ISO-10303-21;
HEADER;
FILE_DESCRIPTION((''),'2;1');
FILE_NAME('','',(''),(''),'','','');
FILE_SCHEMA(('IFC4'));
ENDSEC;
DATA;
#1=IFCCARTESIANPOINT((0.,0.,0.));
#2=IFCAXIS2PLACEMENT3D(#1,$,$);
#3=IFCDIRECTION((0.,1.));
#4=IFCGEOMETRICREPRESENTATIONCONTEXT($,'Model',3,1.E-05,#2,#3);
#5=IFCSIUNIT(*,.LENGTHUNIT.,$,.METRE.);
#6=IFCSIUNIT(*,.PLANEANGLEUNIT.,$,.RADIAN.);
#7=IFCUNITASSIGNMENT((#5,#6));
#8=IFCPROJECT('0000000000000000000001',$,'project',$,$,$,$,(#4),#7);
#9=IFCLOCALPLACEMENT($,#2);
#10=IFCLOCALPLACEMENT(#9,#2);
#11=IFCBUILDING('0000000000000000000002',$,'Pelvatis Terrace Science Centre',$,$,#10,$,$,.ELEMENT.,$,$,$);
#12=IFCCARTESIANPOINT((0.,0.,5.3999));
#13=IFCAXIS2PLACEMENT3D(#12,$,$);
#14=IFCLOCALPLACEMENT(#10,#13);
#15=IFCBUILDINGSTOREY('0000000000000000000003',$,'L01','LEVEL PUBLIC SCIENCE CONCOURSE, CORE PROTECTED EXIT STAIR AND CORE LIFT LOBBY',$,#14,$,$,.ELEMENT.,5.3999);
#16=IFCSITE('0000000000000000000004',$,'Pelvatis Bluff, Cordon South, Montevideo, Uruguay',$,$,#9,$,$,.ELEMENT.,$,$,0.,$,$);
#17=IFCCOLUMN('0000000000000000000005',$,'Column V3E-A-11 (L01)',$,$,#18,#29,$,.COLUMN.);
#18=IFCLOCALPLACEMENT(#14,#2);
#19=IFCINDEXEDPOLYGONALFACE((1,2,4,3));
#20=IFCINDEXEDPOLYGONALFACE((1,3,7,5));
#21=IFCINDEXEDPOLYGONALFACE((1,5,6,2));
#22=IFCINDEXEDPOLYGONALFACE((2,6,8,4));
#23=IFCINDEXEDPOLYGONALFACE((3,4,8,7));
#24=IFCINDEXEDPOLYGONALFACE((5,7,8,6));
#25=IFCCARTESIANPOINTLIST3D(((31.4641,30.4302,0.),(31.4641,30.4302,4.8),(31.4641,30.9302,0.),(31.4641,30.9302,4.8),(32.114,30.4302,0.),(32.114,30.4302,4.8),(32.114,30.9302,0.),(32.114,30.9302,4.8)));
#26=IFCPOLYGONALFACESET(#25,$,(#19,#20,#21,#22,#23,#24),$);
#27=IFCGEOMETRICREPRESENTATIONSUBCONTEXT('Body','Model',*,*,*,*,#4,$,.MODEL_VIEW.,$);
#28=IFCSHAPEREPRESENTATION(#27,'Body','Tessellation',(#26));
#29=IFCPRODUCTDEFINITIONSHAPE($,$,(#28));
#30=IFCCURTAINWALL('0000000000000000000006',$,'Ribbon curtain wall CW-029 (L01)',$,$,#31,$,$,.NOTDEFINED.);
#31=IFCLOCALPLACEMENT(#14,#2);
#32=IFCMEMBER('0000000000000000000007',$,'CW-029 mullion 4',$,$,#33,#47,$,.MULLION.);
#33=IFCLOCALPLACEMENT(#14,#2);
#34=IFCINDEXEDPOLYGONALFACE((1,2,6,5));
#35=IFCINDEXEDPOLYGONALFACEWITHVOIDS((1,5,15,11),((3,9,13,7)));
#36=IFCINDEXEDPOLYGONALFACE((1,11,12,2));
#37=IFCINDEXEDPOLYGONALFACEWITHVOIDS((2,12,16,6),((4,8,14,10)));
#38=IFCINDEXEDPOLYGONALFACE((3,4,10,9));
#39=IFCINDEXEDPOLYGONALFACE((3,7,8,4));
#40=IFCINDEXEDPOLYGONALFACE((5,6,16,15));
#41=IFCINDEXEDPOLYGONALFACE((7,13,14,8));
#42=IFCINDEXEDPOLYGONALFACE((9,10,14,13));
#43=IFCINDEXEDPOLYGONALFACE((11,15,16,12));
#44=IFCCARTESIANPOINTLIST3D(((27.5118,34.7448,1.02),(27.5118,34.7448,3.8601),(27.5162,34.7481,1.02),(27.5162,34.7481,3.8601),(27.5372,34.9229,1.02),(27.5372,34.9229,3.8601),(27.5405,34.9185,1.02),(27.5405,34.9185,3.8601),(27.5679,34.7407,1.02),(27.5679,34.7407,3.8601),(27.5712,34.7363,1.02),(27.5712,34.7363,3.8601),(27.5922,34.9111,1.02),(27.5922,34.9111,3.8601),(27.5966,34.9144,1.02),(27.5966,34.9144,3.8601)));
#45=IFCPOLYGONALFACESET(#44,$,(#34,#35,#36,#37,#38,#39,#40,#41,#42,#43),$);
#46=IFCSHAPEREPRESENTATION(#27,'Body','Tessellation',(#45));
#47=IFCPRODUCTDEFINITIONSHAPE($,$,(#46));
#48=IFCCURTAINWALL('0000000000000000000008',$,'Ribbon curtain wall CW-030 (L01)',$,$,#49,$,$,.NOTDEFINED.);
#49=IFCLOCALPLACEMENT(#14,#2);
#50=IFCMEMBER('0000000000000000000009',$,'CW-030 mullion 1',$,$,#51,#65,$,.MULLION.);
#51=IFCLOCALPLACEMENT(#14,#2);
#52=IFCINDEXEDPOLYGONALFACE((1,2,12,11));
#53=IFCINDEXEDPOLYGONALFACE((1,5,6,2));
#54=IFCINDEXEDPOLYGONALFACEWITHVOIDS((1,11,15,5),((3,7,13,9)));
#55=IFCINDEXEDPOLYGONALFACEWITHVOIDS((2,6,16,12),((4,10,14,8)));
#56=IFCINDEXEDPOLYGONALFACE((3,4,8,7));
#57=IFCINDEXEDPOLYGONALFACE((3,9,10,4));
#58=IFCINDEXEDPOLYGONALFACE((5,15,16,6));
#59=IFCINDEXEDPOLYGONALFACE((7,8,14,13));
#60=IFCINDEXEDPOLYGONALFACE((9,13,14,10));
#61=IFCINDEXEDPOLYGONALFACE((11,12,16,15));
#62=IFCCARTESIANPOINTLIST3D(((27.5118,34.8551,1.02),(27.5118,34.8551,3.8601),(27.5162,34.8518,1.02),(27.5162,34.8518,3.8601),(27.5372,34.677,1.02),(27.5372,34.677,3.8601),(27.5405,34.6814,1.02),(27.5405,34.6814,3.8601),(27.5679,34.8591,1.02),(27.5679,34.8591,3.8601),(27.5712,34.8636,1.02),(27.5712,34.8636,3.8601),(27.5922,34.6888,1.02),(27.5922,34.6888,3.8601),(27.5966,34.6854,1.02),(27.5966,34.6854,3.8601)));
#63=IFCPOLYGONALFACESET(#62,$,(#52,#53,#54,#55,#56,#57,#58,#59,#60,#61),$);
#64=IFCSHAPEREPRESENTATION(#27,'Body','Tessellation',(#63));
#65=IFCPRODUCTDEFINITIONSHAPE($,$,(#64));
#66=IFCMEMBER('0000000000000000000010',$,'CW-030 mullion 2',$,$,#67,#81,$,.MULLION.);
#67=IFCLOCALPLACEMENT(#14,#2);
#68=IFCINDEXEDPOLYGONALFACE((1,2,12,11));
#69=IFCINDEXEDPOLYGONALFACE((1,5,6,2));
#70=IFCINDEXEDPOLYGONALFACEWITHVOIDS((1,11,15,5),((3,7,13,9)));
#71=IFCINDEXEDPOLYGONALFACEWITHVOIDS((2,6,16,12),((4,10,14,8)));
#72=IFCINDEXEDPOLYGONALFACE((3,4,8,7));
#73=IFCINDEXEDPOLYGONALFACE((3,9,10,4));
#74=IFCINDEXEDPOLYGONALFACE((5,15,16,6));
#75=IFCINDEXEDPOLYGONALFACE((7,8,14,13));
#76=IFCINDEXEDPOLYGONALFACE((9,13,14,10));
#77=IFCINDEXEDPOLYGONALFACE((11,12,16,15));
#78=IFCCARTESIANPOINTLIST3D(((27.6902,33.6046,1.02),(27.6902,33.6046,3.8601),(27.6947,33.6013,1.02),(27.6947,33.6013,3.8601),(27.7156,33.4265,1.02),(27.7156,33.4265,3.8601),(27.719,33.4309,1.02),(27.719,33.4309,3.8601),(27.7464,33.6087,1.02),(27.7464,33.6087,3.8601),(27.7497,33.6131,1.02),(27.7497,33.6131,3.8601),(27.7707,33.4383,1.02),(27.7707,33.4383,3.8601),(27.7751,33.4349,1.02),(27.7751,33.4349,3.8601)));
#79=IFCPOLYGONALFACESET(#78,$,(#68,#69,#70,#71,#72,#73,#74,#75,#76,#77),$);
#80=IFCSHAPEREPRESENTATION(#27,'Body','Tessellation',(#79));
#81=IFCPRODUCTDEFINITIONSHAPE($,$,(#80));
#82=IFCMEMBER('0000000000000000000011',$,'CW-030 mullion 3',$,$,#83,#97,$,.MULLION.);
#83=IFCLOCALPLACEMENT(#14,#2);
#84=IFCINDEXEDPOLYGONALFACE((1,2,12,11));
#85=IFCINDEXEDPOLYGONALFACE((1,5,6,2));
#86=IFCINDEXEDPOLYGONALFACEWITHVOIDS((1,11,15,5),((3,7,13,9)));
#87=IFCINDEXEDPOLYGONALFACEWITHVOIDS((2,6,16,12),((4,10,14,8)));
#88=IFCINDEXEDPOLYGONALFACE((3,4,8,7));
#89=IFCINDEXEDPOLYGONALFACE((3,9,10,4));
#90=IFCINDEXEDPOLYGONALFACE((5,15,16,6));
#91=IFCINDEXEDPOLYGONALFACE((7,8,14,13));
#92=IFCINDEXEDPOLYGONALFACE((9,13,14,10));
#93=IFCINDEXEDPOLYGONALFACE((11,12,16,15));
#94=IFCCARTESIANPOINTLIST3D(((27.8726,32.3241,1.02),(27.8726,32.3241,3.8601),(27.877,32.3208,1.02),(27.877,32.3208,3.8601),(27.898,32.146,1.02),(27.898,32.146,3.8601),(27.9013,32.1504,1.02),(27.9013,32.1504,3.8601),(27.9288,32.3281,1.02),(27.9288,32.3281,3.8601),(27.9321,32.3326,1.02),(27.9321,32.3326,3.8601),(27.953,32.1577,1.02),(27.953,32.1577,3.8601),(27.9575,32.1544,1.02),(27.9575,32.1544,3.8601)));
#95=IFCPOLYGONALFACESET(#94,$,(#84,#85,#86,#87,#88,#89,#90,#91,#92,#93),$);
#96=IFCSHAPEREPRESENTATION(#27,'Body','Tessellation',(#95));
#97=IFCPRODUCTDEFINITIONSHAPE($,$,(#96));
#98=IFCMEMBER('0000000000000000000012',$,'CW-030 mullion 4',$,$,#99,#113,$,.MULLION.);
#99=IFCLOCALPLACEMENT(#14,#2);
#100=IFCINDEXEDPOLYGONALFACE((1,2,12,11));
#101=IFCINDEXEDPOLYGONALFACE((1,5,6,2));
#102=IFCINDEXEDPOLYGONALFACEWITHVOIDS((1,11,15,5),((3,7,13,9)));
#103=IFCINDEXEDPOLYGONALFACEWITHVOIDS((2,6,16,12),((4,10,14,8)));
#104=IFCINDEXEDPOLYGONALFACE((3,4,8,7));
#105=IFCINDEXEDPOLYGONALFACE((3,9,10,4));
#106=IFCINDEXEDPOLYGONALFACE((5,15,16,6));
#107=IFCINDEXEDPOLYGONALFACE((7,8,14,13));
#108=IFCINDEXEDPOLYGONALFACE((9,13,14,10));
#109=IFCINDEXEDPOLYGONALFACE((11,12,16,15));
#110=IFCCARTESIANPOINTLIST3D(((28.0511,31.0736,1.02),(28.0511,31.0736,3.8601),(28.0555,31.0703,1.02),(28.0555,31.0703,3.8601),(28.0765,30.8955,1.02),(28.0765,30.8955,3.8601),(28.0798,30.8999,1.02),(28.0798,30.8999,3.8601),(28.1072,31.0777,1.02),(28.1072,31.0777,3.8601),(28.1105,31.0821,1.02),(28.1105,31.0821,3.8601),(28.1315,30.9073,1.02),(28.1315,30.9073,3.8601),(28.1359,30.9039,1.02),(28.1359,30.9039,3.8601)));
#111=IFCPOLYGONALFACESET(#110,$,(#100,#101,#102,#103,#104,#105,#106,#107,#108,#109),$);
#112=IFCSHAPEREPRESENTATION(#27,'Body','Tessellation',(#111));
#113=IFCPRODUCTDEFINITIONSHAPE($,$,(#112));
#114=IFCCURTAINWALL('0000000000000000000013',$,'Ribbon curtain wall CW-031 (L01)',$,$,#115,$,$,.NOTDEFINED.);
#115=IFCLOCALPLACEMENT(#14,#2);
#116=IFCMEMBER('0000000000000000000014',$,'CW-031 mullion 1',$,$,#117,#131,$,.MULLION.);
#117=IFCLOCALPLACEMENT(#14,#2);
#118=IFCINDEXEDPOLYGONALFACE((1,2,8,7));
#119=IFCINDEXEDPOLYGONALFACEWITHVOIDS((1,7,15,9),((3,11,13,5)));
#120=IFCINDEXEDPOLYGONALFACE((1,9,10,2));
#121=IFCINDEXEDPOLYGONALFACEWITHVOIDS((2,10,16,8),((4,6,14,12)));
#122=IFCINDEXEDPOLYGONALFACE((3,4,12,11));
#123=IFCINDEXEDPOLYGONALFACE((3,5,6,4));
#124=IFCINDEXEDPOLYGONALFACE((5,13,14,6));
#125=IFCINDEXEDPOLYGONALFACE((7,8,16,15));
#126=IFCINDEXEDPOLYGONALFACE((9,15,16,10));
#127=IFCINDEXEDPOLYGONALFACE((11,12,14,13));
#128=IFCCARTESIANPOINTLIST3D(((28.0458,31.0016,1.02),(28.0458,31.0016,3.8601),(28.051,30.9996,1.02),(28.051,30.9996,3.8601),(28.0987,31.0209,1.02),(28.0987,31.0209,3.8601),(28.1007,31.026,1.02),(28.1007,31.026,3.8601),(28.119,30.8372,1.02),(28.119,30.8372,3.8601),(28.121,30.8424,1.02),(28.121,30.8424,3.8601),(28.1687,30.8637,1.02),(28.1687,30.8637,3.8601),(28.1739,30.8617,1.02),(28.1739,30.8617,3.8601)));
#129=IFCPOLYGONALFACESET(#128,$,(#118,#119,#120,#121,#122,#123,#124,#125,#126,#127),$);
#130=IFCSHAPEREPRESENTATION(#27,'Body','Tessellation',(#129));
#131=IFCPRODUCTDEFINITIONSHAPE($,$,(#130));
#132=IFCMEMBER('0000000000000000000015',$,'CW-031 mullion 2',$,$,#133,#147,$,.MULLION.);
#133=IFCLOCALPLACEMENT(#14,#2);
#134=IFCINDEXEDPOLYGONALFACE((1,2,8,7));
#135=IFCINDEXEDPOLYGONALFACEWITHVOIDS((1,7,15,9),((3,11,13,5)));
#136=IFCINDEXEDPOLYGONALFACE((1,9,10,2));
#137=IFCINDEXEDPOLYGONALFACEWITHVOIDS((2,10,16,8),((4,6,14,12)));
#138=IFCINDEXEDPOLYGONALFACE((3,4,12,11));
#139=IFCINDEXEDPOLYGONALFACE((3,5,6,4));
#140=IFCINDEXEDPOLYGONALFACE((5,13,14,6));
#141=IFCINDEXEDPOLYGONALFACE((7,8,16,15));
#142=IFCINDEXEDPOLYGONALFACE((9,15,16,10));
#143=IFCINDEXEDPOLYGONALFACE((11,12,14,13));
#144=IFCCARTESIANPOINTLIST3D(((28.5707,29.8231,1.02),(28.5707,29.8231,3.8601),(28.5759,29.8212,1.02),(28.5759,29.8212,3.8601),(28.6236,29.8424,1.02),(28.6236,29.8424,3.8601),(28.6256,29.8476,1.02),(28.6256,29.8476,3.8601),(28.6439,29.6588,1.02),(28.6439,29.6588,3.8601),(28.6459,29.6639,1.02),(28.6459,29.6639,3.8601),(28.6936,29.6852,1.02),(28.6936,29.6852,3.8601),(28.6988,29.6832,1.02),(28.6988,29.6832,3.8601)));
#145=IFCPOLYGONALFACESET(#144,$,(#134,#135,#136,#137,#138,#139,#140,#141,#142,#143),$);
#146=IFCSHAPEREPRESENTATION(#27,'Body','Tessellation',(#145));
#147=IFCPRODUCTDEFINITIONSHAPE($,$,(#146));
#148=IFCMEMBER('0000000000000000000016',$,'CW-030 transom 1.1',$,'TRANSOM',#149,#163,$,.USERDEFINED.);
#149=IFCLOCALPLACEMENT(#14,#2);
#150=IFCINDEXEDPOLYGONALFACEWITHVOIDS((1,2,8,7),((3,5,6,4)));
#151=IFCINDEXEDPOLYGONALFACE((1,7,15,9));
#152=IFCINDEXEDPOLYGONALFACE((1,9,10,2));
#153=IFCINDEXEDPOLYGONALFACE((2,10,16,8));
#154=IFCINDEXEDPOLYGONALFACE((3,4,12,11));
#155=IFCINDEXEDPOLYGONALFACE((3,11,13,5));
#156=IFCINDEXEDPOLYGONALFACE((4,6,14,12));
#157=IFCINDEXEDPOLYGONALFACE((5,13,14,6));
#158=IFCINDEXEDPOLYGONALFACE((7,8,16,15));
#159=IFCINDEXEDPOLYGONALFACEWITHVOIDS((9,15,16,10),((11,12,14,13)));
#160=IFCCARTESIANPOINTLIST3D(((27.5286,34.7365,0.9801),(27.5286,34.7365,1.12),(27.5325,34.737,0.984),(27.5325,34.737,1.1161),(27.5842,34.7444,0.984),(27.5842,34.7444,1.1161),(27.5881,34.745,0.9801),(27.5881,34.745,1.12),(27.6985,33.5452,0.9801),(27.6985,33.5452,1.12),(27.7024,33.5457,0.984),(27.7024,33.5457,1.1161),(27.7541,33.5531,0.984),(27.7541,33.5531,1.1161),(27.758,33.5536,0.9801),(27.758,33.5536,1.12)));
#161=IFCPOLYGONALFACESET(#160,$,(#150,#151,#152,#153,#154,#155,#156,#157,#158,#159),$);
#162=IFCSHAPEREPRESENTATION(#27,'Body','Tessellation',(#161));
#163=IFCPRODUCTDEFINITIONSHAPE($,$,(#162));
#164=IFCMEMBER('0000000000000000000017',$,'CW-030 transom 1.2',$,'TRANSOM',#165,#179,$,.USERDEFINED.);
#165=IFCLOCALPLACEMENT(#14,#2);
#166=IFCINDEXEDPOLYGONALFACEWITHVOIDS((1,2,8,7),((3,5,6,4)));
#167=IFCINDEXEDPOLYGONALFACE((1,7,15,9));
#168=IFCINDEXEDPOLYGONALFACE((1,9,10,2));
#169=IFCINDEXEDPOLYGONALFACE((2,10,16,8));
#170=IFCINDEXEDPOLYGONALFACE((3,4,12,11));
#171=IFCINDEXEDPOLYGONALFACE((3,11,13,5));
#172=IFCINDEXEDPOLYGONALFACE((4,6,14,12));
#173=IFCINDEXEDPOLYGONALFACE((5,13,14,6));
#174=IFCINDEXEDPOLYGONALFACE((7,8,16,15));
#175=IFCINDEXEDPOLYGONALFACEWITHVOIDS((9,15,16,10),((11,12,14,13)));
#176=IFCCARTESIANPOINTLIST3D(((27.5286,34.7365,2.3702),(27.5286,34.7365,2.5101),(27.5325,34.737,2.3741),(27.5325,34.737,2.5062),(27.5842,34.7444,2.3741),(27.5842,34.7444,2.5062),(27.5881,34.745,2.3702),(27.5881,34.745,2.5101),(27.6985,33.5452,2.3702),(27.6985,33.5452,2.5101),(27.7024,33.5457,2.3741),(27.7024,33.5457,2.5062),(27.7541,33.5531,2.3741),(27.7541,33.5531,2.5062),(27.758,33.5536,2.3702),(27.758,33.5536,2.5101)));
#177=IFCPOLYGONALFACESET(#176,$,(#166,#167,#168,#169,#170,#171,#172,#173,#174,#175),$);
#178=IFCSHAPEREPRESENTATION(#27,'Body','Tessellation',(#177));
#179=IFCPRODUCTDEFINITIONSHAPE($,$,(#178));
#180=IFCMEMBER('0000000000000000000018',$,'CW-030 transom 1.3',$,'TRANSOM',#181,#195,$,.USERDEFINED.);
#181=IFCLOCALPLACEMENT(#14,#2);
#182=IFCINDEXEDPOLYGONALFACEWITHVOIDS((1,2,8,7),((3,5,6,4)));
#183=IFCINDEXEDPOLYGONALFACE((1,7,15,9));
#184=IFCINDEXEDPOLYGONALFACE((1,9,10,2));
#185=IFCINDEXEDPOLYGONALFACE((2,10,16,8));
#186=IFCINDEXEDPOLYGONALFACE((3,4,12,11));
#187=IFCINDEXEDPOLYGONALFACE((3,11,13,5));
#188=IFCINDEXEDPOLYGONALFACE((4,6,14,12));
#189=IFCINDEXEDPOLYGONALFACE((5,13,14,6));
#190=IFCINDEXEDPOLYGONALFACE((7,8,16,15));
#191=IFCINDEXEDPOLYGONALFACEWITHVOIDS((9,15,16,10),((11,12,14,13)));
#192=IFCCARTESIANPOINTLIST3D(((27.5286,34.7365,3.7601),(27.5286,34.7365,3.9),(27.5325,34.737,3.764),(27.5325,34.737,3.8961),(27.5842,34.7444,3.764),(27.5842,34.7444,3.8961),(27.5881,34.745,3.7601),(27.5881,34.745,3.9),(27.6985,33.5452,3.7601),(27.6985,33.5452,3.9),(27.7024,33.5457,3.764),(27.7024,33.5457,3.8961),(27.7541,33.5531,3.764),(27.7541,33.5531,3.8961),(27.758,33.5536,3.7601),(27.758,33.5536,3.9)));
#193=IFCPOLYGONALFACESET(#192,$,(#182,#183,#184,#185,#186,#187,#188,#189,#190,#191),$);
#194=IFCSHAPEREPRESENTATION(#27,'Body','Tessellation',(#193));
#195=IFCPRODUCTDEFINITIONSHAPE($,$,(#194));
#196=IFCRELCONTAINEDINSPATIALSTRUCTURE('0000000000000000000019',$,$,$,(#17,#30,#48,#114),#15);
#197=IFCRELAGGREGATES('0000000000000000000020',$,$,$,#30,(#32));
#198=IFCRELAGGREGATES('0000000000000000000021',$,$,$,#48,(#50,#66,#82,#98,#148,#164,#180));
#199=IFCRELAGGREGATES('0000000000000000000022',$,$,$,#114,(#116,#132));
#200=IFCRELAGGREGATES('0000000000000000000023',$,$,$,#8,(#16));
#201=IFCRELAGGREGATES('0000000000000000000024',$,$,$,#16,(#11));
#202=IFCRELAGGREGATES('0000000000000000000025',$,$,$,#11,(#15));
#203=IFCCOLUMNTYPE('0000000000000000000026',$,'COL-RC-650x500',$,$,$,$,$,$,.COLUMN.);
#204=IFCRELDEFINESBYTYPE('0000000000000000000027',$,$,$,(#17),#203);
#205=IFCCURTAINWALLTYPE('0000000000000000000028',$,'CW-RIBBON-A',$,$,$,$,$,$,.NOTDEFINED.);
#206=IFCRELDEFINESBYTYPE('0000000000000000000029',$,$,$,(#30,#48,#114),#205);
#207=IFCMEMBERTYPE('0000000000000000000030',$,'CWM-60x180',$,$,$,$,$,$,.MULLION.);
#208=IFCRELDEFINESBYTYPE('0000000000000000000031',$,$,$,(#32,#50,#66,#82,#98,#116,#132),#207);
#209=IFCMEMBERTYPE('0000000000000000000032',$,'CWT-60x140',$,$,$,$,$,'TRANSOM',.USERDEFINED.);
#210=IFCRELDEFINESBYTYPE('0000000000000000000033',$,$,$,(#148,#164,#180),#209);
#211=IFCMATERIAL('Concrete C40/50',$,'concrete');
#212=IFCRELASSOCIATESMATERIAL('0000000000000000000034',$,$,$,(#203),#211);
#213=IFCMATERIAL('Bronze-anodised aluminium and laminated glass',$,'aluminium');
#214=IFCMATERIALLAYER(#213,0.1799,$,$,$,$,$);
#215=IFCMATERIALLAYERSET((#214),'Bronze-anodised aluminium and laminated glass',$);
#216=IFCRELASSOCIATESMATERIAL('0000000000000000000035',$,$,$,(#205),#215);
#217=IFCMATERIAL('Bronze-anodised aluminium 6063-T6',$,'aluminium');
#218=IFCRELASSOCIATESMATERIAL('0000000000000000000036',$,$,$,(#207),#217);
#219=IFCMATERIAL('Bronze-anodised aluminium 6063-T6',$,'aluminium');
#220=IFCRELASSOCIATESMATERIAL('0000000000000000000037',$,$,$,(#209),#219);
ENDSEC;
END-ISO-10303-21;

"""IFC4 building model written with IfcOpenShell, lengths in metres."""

from ifc_helpers import new_model, si_unit, direction, frame, origin, origin_2d, place, context, subcontext, project, spatial, rectangle, hollow_rectangle, extrude, material, layer, layer_set, material_profile, profile_set, type_object, element, aggregate, save


model = new_model("IFC4")

# Units and contexts
model_context = context("Model", 3, precision=1e-05, world=origin(), true_north=direction((0.0, 1.0)))
body_context = subcontext(model_context, "Body", "Model", "MODEL_VIEW")
ifc_project = project(units=[si_unit("LENGTHUNIT", "METRE"), si_unit("PLANEANGLEUNIT", "RADIAN")], contexts=[model_context])

# Site, building, storey
site_placement = place(None, origin())
site = spatial("IfcSite", under=ifc_project, at=site_placement, Name="Pelvatis Bluff, Cordon South, Montevideo, Uruguay", CompositionType="ELEMENT", RefElevation=0.0)
building_placement = place(site_placement, origin())
building = spatial("IfcBuilding", under=site, at=building_placement, Name="Pelvatis Terrace Science Centre", CompositionType="ELEMENT")
storey_placement = place(building_placement, frame((0.0, 0.0, 5.3999)))
storey = spatial("IfcBuildingStorey", under=building, at=storey_placement, Name="L01", Description="LEVEL PUBLIC SCIENCE CONCOURSE, CORE PROTECTED EXIT STAIR AND CORE LIFT LOBBY", CompositionType="ELEMENT", Elevation=5.3999)

# Column
ifc_material_1 = material(Name="Concrete C40/50", Category="concrete")
ifc_material_profile_1 = material_profile(ifc_material_1, rectangle(XDim=0.6499, YDim=0.5, at=origin_2d()), Name="RC-COL 650x500")
ifc_profile_set_1 = profile_set([ifc_material_profile_1], Name="Concrete C40/50")
column_type = type_object("IfcColumnType", Name="COL-RC-650x500", PredefinedType="COLUMN", material=ifc_profile_set_1)
column_placement = place(storey_placement, frame((31.7891, 30.6802, 0.0), z_axis=(0.0, 0.0, 1.0), x_axis=(1.0, 0.0, 0.0)))
element("IfcColumn", 1, at=column_placement, inside=storey, type_object=column_type, Name="Column V3E-A-11 (L01)", PredefinedType="COLUMN", context=body_context, shape_type="SweptSolid", body=[
    extrude(rectangle(XDim=0.6499, YDim=0.5, at=origin_2d()), origin(), (0.0, 0.0, 1.0), 4.8),
])

# Curtain wall, member
ifc_material_2 = material(Name="Bronze-anodised aluminium and laminated glass", Category="aluminium")
ifc_layer_1 = layer(ifc_material_2, 0.1799)
ifc_layer_set_1 = layer_set([ifc_layer_1], Name="Bronze-anodised aluminium and laminated glass")
curtain_wall_type = type_object("IfcCurtainWallType", Name="CW-RIBBON-A", PredefinedType="NOTDEFINED", material=ifc_layer_set_1)
curtain_wall_1_placement = place(storey_placement, origin())
curtain_wall_1 = element("IfcCurtainWall", 2, at=curtain_wall_1_placement, inside=storey, type_object=curtain_wall_type, Name="Ribbon curtain wall CW-029 (L01)", PredefinedType="NOTDEFINED")
ifc_material_3 = material(Name="Bronze-anodised aluminium 6063-T6", Category="aluminium")
ifc_material_profile_2 = material_profile(ifc_material_3, hollow_rectangle(XDim=0.0601, YDim=0.1799, WallThickness=0.0039, at=origin_2d()), Name="ALU-MUL 60x180")
ifc_profile_set_2 = profile_set([ifc_material_profile_2], Name="Bronze-anodised aluminium 6063-T6")
member_type_1 = type_object("IfcMemberType", Name="CWM-60x180", PredefinedType="MULLION", material=ifc_profile_set_2)
member_1_placement = place(storey_placement, frame((27.5542, 34.8296, 1.02), z_axis=(0.0, 0.0, 1.0), x_axis=(0.989986, -0.141165, 0.0)))
member_1 = element("IfcMember", 3, at=member_1_placement, type_object=member_type_1, Name="CW-029 mullion 4", PredefinedType="MULLION", context=body_context, shape_type="SweptSolid", body=[
    extrude(hollow_rectangle(XDim=0.0601, YDim=0.1799, WallThickness=0.0039, at=origin_2d()), origin(), (0.0, 0.0, 1.0), 2.8401),
])
aggregate(curtain_wall_1, [member_1])

# Curtain walls, members
curtain_wall_2_placement = place(storey_placement, origin())
curtain_wall_2 = element("IfcCurtainWall", 4, at=curtain_wall_2_placement, inside=storey, type_object=curtain_wall_type, Name="Ribbon curtain wall CW-030 (L01)", PredefinedType="NOTDEFINED")
member_2_placement = place(storey_placement, frame((27.5542, 34.7703, 1.02), z_axis=(0.0, 0.0, 1.0), x_axis=(0.989986, 0.141165, 0.0)))
member_2 = element("IfcMember", 5, at=member_2_placement, type_object=member_type_1, Name="CW-030 mullion 1", PredefinedType="MULLION", context=body_context, shape_type="SweptSolid", body=[
    extrude(hollow_rectangle(XDim=0.0601, YDim=0.1799, WallThickness=0.0039, at=origin_2d()), origin(), (0.0, 0.0, 1.0), 2.8401),
])
member_3_placement = place(storey_placement, frame((27.7327, 33.5198, 1.02), z_axis=(0.0, 0.0, 1.0), x_axis=(0.989986, 0.141165, 0.0)))
member_3 = element("IfcMember", 6, at=member_3_placement, type_object=member_type_1, Name="CW-030 mullion 2", PredefinedType="MULLION", context=body_context, shape_type="SweptSolid", body=[
    extrude(hollow_rectangle(XDim=0.0601, YDim=0.1799, WallThickness=0.0039, at=origin_2d()), origin(), (0.0, 0.0, 1.0), 2.8401),
])
member_4_placement = place(storey_placement, frame((27.915, 32.2393, 1.02), z_axis=(0.0, 0.0, 1.0), x_axis=(0.989986, 0.141165, 0.0)))
member_4 = element("IfcMember", 7, at=member_4_placement, type_object=member_type_1, Name="CW-030 mullion 3", PredefinedType="MULLION", context=body_context, shape_type="SweptSolid", body=[
    extrude(hollow_rectangle(XDim=0.0601, YDim=0.1799, WallThickness=0.0039, at=origin_2d()), origin(), (0.0, 0.0, 1.0), 2.8401),
])
member_5_placement = place(storey_placement, frame((28.0935, 30.9888, 1.02), z_axis=(0.0, 0.0, 1.0), x_axis=(0.989986, 0.141165, 0.0)))
member_5 = element("IfcMember", 8, at=member_5_placement, type_object=member_type_1, Name="CW-030 mullion 4", PredefinedType="MULLION", context=body_context, shape_type="SweptSolid", body=[
    extrude(hollow_rectangle(XDim=0.0601, YDim=0.1799, WallThickness=0.0039, at=origin_2d()), origin(), (0.0, 0.0, 1.0), 2.8401),
])
curtain_wall_3_placement = place(storey_placement, origin())
curtain_wall_3 = element("IfcCurtainWall", 9, at=curtain_wall_3_placement, inside=storey, type_object=curtain_wall_type, Name="Ribbon curtain wall CW-031 (L01)", PredefinedType="NOTDEFINED")
member_6_placement = place(storey_placement, frame((28.1099, 30.9316, 1.02), z_axis=(0.0, 0.0, 1.0), x_axis=(0.913475, 0.406895, 0.0)))
member_6 = element("IfcMember", 10, at=member_6_placement, type_object=member_type_1, Name="CW-031 mullion 1", PredefinedType="MULLION", context=body_context, shape_type="SweptSolid", body=[
    extrude(hollow_rectangle(XDim=0.0601, YDim=0.1799, WallThickness=0.0039, at=origin_2d()), origin(), (0.0, 0.0, 1.0), 2.8401),
])
member_7_placement = place(storey_placement, frame((28.6348, 29.7532, 1.02), z_axis=(0.0, 0.0, 1.0), x_axis=(0.913475, 0.406895, 0.0)))
member_7 = element("IfcMember", 11, at=member_7_placement, type_object=member_type_1, Name="CW-031 mullion 2", PredefinedType="MULLION", context=body_context, shape_type="SweptSolid", body=[
    extrude(hollow_rectangle(XDim=0.0601, YDim=0.1799, WallThickness=0.0039, at=origin_2d()), origin(), (0.0, 0.0, 1.0), 2.8401),
])

# Members
ifc_material_4 = material(Name="Bronze-anodised aluminium 6063-T6", Category="aluminium")
ifc_material_profile_3 = material_profile(ifc_material_4, hollow_rectangle(XDim=0.0601, YDim=0.1399, WallThickness=0.0039, at=origin_2d()), Name="ALU-TRN 60x140")
ifc_profile_set_3 = profile_set([ifc_material_profile_3], Name="Bronze-anodised aluminium 6063-T6")
member_type_2 = type_object("IfcMemberType", Name="CWT-60x140", ElementType="TRANSOM", PredefinedType="USERDEFINED", material=ifc_profile_set_3)
member_8_placement = place(storey_placement, frame((27.5583, 34.7407, 1.05), z_axis=(0.141194, -0.989982, 0.0), x_axis=(0.989982, 0.141194, 0.0)))
member_8 = element("IfcMember", 12, at=member_8_placement, type_object=member_type_2, Name="CW-030 transom 1.1", ObjectType="TRANSOM", PredefinedType="USERDEFINED", context=body_context, shape_type="SweptSolid", body=[
    extrude(hollow_rectangle(XDim=0.0601, YDim=0.1399, WallThickness=0.0039, at=origin_2d()), origin(), (0.0, 0.0, 1.0), 1.2034),
])
member_9_placement = place(storey_placement, frame((27.5583, 34.7407, 2.4402), z_axis=(0.141194, -0.989982, 0.0), x_axis=(0.989982, 0.141194, 0.0)))
member_9 = element("IfcMember", 13, at=member_9_placement, type_object=member_type_2, Name="CW-030 transom 1.2", ObjectType="TRANSOM", PredefinedType="USERDEFINED", context=body_context, shape_type="SweptSolid", body=[
    extrude(hollow_rectangle(XDim=0.0601, YDim=0.1399, WallThickness=0.0039, at=origin_2d()), origin(), (0.0, 0.0, 1.0), 1.2034),
])
member_10_placement = place(storey_placement, frame((27.5583, 34.7407, 3.8301), z_axis=(0.141194, -0.989982, 0.0), x_axis=(0.989982, 0.141194, 0.0)))
member_10 = element("IfcMember", 14, at=member_10_placement, type_object=member_type_2, Name="CW-030 transom 1.3", ObjectType="TRANSOM", PredefinedType="USERDEFINED", context=body_context, shape_type="SweptSolid", body=[
    extrude(hollow_rectangle(XDim=0.0601, YDim=0.1399, WallThickness=0.0039, at=origin_2d()), origin(), (0.0, 0.0, 1.0), 1.2034),
])

aggregate(curtain_wall_2, [member_2, member_3, member_4, member_5, member_8, member_9, member_10])
aggregate(curtain_wall_3, [member_6, member_7])

save(model, "model.ifc")
